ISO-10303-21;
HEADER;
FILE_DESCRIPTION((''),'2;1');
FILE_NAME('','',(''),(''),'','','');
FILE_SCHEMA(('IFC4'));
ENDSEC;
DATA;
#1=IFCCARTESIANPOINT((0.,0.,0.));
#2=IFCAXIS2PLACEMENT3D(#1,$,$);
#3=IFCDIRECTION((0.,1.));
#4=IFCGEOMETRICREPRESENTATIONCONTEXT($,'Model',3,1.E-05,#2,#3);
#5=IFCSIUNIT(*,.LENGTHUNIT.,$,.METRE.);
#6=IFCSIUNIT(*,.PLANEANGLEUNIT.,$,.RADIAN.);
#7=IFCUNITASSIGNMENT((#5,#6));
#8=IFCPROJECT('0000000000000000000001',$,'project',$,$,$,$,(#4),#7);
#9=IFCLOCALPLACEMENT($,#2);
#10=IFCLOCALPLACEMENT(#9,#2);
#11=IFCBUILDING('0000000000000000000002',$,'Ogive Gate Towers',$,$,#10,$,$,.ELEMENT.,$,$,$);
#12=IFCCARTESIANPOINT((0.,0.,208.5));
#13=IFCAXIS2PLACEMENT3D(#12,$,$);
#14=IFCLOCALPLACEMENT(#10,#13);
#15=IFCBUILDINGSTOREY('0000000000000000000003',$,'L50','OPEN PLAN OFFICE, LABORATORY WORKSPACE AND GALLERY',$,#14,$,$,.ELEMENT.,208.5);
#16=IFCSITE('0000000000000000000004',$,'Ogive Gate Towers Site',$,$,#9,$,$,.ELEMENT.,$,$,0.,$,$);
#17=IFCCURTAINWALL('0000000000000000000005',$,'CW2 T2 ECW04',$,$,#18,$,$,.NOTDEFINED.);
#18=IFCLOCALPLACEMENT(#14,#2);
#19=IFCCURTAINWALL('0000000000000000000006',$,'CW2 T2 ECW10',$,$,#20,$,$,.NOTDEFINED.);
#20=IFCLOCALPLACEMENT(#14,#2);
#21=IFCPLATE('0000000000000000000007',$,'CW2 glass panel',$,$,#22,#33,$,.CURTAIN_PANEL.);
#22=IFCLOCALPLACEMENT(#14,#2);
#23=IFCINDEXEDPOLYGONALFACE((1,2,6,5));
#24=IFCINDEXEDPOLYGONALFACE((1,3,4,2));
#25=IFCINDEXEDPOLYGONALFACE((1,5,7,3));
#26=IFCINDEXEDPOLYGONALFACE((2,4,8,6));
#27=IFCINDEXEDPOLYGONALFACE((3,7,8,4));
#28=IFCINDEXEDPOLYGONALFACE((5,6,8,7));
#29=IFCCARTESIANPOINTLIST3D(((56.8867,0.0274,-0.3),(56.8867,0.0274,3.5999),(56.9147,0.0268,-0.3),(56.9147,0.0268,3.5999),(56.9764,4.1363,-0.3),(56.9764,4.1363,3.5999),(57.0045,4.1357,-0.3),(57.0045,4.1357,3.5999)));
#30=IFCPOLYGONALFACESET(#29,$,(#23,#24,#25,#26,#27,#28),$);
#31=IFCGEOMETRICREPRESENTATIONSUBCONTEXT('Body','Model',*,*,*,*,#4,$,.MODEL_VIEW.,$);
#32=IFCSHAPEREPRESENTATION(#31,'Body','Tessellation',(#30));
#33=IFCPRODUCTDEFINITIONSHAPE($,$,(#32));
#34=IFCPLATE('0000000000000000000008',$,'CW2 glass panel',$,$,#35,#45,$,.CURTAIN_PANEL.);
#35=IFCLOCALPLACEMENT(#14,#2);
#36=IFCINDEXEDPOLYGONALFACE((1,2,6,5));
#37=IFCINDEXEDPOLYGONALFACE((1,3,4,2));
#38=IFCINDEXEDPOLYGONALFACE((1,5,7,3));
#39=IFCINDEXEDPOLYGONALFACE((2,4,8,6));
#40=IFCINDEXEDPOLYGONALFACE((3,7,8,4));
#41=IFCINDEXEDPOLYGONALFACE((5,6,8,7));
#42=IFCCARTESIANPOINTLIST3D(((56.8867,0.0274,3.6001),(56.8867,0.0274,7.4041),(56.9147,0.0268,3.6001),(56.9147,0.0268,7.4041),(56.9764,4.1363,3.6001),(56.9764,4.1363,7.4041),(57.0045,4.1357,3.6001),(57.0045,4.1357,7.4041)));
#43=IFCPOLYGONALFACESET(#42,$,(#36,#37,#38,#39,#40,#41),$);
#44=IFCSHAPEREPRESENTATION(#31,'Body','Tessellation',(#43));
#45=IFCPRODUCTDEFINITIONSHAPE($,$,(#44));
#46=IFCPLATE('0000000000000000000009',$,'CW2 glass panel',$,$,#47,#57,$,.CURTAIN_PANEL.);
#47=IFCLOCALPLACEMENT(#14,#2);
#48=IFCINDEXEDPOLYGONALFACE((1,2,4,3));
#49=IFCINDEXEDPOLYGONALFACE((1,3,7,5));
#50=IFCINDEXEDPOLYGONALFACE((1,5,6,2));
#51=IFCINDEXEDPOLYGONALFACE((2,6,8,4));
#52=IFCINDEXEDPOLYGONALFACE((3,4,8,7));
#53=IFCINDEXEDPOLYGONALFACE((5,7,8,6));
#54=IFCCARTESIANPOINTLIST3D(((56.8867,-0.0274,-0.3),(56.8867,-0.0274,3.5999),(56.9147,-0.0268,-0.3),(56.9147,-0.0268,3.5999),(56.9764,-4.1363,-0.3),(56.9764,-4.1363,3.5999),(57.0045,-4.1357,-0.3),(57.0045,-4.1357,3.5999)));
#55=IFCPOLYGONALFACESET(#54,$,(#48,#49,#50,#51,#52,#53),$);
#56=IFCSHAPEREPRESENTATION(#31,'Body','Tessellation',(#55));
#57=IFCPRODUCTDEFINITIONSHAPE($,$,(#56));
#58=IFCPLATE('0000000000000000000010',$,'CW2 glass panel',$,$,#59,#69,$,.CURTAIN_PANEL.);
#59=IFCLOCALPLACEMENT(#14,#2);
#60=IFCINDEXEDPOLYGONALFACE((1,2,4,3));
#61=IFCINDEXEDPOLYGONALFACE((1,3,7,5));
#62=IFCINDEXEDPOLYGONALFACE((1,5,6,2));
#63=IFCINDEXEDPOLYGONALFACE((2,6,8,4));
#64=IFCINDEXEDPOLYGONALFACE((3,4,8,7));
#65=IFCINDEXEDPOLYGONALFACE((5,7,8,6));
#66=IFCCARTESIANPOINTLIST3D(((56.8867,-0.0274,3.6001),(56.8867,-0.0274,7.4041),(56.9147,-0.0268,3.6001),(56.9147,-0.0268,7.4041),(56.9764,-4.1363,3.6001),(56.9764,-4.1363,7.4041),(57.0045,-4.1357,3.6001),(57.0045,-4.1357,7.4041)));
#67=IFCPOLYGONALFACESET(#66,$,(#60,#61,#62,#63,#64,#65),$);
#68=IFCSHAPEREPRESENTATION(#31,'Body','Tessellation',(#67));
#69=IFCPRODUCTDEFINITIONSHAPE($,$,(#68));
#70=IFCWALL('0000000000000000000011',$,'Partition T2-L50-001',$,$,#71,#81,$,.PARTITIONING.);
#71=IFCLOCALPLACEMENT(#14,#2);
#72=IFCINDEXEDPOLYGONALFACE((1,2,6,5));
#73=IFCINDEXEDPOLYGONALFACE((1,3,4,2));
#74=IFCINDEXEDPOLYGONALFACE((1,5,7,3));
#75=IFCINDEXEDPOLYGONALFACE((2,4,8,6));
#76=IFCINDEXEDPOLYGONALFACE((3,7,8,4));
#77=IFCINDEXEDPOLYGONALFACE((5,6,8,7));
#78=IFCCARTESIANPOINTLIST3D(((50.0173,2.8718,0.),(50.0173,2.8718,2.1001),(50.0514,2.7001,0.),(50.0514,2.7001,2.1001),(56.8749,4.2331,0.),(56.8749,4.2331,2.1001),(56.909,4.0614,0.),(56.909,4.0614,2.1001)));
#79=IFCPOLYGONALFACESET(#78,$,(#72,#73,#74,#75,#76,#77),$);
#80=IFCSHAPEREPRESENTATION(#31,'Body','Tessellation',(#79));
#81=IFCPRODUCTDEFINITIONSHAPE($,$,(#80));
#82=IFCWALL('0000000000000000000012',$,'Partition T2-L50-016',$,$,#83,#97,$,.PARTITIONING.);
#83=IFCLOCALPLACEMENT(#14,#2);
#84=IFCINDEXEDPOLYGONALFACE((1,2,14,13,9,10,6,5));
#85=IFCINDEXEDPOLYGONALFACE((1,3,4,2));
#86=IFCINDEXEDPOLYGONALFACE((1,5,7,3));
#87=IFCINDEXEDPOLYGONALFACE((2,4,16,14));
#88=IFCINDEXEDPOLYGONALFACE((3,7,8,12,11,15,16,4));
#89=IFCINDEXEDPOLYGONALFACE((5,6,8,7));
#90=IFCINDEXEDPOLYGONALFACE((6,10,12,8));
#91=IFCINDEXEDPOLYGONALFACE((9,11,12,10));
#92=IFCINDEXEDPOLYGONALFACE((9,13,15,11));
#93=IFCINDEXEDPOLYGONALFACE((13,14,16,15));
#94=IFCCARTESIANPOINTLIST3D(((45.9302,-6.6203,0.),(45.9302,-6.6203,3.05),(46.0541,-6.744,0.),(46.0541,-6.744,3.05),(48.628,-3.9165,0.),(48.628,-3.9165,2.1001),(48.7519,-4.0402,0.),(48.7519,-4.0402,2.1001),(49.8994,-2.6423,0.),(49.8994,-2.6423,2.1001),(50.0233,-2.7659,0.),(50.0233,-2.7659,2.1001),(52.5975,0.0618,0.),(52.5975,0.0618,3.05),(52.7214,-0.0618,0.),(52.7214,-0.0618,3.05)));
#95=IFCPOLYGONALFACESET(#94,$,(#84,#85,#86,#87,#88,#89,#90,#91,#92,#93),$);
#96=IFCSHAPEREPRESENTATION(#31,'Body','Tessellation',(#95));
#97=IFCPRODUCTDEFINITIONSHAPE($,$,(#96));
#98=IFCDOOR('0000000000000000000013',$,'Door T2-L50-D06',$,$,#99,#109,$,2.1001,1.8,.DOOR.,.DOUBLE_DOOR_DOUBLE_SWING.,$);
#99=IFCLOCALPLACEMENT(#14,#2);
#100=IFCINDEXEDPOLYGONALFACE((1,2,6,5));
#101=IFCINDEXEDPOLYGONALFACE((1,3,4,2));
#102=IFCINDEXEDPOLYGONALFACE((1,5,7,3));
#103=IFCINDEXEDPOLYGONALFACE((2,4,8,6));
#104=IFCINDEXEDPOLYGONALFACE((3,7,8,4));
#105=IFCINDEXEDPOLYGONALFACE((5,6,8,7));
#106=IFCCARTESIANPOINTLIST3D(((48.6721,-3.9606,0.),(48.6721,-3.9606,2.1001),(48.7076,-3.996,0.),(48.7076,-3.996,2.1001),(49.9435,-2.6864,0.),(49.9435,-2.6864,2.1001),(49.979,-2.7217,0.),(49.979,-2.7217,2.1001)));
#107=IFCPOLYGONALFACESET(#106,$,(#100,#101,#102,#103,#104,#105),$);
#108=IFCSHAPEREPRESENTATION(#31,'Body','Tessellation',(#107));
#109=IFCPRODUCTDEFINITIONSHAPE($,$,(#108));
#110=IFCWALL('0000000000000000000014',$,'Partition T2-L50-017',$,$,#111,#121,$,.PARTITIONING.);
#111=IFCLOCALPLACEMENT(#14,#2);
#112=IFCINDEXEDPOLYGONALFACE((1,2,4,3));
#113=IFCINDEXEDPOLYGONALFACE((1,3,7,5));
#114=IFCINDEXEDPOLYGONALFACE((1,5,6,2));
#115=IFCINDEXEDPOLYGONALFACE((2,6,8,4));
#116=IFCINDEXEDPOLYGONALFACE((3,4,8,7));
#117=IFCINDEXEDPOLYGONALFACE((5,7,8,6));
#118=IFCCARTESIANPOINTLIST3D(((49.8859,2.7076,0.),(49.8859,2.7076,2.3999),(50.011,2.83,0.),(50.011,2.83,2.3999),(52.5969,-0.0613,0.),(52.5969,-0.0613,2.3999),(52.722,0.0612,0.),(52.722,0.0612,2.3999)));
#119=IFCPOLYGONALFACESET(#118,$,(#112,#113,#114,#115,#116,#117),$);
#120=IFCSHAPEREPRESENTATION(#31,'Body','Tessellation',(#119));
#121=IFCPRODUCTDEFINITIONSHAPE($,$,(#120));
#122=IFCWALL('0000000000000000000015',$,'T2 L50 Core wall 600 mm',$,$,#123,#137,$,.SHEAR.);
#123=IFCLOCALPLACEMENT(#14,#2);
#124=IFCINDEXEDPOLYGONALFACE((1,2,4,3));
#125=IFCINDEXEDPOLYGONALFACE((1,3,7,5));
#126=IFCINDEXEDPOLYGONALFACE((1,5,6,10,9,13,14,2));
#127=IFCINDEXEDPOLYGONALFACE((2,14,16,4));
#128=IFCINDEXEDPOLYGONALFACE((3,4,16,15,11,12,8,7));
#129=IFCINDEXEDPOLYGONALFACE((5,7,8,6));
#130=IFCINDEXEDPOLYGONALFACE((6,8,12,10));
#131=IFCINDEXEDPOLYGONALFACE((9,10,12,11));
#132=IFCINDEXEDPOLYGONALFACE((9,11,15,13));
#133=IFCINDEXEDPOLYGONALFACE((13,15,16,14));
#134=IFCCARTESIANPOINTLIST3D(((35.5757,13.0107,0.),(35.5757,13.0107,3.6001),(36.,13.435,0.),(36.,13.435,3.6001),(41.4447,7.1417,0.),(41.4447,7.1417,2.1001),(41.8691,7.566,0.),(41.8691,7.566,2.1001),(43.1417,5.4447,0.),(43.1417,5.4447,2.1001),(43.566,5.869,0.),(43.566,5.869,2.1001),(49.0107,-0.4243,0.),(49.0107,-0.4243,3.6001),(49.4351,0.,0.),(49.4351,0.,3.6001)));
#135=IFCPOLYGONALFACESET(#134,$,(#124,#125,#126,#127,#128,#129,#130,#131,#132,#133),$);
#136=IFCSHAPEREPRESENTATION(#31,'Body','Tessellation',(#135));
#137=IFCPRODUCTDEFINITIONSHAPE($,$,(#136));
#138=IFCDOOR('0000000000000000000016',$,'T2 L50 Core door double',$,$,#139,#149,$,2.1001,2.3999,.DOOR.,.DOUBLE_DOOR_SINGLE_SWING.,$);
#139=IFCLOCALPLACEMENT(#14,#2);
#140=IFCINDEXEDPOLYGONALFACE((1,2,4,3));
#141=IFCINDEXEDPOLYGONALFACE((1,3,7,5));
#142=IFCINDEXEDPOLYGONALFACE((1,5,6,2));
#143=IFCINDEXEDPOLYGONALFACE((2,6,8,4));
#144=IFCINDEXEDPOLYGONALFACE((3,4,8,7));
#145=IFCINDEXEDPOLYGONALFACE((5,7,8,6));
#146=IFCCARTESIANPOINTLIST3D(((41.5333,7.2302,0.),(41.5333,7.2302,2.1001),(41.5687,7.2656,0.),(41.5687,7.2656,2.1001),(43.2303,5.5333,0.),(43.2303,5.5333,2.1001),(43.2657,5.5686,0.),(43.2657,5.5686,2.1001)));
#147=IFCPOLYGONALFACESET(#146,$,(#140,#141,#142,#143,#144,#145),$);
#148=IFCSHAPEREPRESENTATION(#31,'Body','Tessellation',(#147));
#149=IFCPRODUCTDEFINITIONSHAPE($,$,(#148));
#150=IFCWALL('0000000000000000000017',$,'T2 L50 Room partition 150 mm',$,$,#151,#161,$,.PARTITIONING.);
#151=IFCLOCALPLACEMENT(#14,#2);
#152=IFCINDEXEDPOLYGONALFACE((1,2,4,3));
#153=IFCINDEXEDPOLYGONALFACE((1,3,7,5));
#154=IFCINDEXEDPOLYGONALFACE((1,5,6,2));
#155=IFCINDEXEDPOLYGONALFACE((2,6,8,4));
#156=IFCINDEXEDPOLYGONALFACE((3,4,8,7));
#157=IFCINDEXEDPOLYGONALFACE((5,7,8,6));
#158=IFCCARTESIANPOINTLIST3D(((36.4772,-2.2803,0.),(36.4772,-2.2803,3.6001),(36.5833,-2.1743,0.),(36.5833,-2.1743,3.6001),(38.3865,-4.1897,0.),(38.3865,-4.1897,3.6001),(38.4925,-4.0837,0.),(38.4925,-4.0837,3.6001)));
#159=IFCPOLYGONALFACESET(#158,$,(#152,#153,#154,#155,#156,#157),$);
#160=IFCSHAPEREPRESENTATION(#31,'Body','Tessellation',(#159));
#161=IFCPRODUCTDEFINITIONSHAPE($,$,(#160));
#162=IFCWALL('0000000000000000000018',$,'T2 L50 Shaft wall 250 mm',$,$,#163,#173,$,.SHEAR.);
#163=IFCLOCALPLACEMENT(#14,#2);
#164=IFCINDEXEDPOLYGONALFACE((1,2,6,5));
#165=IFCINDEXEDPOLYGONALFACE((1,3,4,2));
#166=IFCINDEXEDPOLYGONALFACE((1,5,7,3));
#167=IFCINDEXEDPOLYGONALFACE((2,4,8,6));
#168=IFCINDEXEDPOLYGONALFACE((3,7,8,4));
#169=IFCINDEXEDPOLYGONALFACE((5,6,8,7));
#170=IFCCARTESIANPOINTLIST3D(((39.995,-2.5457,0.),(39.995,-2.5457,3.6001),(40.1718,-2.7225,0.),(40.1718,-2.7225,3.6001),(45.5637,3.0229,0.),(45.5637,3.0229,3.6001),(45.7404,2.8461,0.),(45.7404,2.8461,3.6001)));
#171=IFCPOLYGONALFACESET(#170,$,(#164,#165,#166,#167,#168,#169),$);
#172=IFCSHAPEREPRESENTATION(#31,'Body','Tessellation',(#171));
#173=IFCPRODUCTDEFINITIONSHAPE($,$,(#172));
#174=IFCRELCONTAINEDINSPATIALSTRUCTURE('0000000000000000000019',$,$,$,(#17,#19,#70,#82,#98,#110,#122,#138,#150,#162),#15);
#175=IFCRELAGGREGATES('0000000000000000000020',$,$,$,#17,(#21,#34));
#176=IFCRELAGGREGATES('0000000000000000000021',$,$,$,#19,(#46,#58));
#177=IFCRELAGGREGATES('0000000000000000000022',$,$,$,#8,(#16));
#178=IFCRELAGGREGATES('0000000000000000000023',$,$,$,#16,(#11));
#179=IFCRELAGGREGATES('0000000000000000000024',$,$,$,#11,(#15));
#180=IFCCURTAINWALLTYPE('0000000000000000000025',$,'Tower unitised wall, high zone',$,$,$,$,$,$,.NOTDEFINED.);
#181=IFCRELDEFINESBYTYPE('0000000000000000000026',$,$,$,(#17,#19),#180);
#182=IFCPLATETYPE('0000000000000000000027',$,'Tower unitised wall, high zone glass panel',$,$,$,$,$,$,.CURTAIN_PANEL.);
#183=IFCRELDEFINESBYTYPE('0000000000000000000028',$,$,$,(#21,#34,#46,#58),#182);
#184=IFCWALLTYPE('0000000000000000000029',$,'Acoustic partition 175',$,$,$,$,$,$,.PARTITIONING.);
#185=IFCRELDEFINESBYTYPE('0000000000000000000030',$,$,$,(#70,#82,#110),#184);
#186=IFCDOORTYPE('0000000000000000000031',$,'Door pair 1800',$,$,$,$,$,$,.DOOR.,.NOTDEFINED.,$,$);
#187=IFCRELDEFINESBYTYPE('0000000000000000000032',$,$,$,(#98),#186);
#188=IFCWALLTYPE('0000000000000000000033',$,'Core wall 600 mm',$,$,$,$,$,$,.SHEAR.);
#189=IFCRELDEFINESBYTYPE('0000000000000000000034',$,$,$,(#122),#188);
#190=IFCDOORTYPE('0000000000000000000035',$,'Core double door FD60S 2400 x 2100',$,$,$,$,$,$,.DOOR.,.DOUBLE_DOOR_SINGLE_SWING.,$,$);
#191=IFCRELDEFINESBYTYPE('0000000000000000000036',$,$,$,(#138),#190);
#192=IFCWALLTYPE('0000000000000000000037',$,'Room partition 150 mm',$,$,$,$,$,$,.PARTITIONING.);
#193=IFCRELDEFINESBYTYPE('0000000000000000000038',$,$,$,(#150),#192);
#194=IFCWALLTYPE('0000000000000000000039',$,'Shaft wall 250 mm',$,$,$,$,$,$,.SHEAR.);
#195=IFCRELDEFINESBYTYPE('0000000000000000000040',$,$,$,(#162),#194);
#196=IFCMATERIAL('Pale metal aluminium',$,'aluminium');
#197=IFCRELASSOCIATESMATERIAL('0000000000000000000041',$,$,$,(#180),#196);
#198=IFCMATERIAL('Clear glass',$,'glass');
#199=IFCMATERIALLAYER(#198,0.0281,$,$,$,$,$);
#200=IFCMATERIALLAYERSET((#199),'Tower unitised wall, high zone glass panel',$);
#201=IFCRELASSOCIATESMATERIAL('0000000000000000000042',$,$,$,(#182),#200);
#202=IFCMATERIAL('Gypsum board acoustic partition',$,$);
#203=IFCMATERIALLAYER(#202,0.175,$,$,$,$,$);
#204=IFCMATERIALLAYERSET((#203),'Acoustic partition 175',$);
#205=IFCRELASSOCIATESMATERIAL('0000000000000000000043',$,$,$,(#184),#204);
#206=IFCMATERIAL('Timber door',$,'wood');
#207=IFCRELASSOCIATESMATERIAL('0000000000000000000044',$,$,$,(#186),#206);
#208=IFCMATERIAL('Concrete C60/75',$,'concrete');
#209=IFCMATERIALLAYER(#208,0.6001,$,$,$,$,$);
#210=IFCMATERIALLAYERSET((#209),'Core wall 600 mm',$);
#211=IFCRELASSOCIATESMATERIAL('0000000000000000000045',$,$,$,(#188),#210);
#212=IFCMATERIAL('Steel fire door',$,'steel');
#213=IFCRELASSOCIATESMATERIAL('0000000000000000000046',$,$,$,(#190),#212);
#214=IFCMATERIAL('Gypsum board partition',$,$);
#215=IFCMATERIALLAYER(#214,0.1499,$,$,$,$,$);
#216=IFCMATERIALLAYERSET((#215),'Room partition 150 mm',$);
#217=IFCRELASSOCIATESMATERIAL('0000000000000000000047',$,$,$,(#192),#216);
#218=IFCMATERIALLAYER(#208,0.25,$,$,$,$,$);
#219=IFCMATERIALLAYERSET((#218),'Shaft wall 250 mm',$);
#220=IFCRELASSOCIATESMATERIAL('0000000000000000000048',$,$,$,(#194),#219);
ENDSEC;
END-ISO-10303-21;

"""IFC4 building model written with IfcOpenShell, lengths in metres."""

from ifc_helpers import new_model, si_unit, direction, frame, frame_2d, origin, origin_2d, place, context, subcontext, project, spatial, rectangle, extrude, material, layer, layer_set, type_object, element, fill, aggregate, save


model = new_model("IFC4")

# Units and contexts
model_context = context("Model", 3, precision=1e-05, world=origin(), true_north=direction((0.0, 1.0)))
body_context = subcontext(model_context, "Body", "Model", "MODEL_VIEW")
ifc_project = project(units=[si_unit("LENGTHUNIT", "METRE"), si_unit("PLANEANGLEUNIT", "RADIAN")], contexts=[model_context])

# Site, building, storey
site_placement = place(None, origin())
site = spatial("IfcSite", under=ifc_project, at=site_placement, Name="Ogive Gate Towers Site", CompositionType="ELEMENT", RefElevation=0.0)
building_placement = place(site_placement, origin())
building = spatial("IfcBuilding", under=site, at=building_placement, Name="Ogive Gate Towers", CompositionType="ELEMENT")
storey_placement = place(building_placement, frame((0.0, 0.0, 208.5)))
storey = spatial("IfcBuildingStorey", under=building, at=storey_placement, Name="L50", Description="OPEN PLAN OFFICE, LABORATORY WORKSPACE AND GALLERY", CompositionType="ELEMENT", Elevation=208.5)

# Curtain wall
ifc_material_1 = material(Name="Pale metal aluminium", Category="aluminium")
curtain_wall_type = type_object("IfcCurtainWallType", Name="Tower unitised wall, high zone", PredefinedType="NOTDEFINED", material=ifc_material_1)
curtain_wall_1_placement = place(storey_placement, origin())
curtain_wall_1 = element("IfcCurtainWall", 1, at=curtain_wall_1_placement, inside=storey, type_object=curtain_wall_type, Name="CW2 T2 ECW04", PredefinedType="NOTDEFINED")

# Curtain wall
curtain_wall_2_placement = place(storey_placement, origin())
curtain_wall_2 = element("IfcCurtainWall", 2, at=curtain_wall_2_placement, inside=storey, type_object=curtain_wall_type, Name="CW2 T2 ECW10", PredefinedType="NOTDEFINED")

# Plates
ifc_material_2 = material(Name="Clear glass", Category="glass")
ifc_layer_1 = layer(ifc_material_2, 0.0281)
ifc_layer_set_1 = layer_set([ifc_layer_1], Name="Tower unitised wall, high zone glass panel")
plate_type = type_object("IfcPlateType", Name="Tower unitised wall, high zone glass panel", PredefinedType="CURTAIN_PANEL", material=ifc_layer_set_1)
plate_1_placement = place(storey_placement, frame((56.9456, 2.0815, -0.3), z_axis=(0.0, 0.0, 1.0), x_axis=(-0.021832, -0.999762, 0.0)))
plate_1 = element("IfcPlate", 3, at=plate_1_placement, type_object=plate_type, Name="CW2 glass panel", PredefinedType="CURTAIN_PANEL", context=body_context, shape_type="SweptSolid", body=[
    extrude(rectangle(XDim=4.1099, YDim=0.0281, at=origin_2d()), origin(), (0.0, 0.0, 1.0), 3.8999),
])
plate_2_placement = place(storey_placement, frame((56.9456, 2.0815, 3.6001), z_axis=(0.0, 0.0, 1.0), x_axis=(-0.021832, -0.999762, 0.0)))
plate_2 = element("IfcPlate", 4, at=plate_2_placement, type_object=plate_type, Name="CW2 glass panel", PredefinedType="CURTAIN_PANEL", context=body_context, shape_type="SweptSolid", body=[
    extrude(rectangle(XDim=4.1099, YDim=0.0281, at=origin_2d()), origin(), (0.0, 0.0, 1.0), 3.804),
])
aggregate(curtain_wall_1, [plate_1, plate_2])
plate_3_placement = place(storey_placement, frame((56.9456, -2.0815, -0.3), z_axis=(0.0, 0.0, 1.0), x_axis=(0.021832, -0.999762, 0.0)))
plate_3 = element("IfcPlate", 5, at=plate_3_placement, type_object=plate_type, Name="CW2 glass panel", PredefinedType="CURTAIN_PANEL", context=body_context, shape_type="SweptSolid", body=[
    extrude(rectangle(XDim=4.1099, YDim=0.0281, at=origin_2d()), origin(), (0.0, 0.0, 1.0), 3.8999),
])
plate_4_placement = place(storey_placement, frame((56.9456, -2.0815, 3.6001), z_axis=(0.0, 0.0, 1.0), x_axis=(0.021832, -0.999762, 0.0)))
plate_4 = element("IfcPlate", 6, at=plate_4_placement, type_object=plate_type, Name="CW2 glass panel", PredefinedType="CURTAIN_PANEL", context=body_context, shape_type="SweptSolid", body=[
    extrude(rectangle(XDim=4.1099, YDim=0.0281, at=origin_2d()), origin(), (0.0, 0.0, 1.0), 3.804),
])
aggregate(curtain_wall_2, [plate_3, plate_4])

# Wall
ifc_material_3 = material(Name="Gypsum board acoustic partition")
ifc_layer_2 = layer(ifc_material_3, 0.175)
ifc_layer_set_2 = layer_set([ifc_layer_2], Name="Acoustic partition 175")
wall_type_1 = type_object("IfcWallType", Name="Acoustic partition 175", PredefinedType="PARTITIONING", material=ifc_layer_set_2)
wall_1_placement = place(storey_placement, frame((56.8918, 4.1472, 0.0), z_axis=(0.0, 0.0, 1.0), x_axis=(-0.98086, -0.194712, 0.0)))
element("IfcWall", 7, at=wall_1_placement, inside=storey, type_object=wall_type_1, Name="Partition T2-L50-001", PredefinedType="PARTITIONING", context=body_context, shape_type="SweptSolid", body=[
    extrude(rectangle(XDim=6.9915, YDim=0.175, at=frame_2d((3.4956, 0.0))), origin(), (0.0, 0.0, 1.0), 2.1001),
])

# Wall, opening, door
wall_2_placement = place(storey_placement, frame((52.6594, 0.0, 0.0), z_axis=(0.0, 0.0, 1.0), x_axis=(-0.706317, -0.707895, 0.0)))
wall_2 = element("IfcWall", 8, at=wall_2_placement, inside=storey, type_object=wall_type_1, Name="Partition T2-L50-016", PredefinedType="PARTITIONING", context=body_context, shape_type="SweptSolid", body=[
    extrude(rectangle(XDim=9.4395, YDim=0.175, at=frame_2d((4.7197, 0.0))), origin(), (0.0, 0.0, 1.0), 3.05),
])
opening_1_placement = place(wall_2_placement, frame((3.8201, 0.0, 0.0)))
opening_1 = element("IfcOpeningElement", 9, at=opening_1_placement, cuts=wall_2, PredefinedType="OPENING", context=body_context, shape_type="SweptSolid", body=[
    extrude(rectangle(XDim=1.8, YDim=2.1001, at=frame_2d((0.8999, 1.05))), frame((0.0, 0.0977, 0.0), z_axis=(0.0, -1.0, 0.0), x_axis=(1.0, 0.0, 0.0)), (0.0, 0.0, 1.0), 0.1951),
])
ifc_material_4 = material(Name="Timber door", Category="wood")
door_type_1 = type_object("IfcDoorType", Name="Door pair 1800", OperationType="NOTDEFINED", PredefinedType="DOOR", material=ifc_material_4)
door_1_placement = place(opening_1_placement, origin())
door_1 = element("IfcDoor", 10, at=door_1_placement, inside=storey, type_object=door_type_1, Name="Door T2-L50-D06", OperationType="DOUBLE_DOOR_DOUBLE_SWING", OverallHeight=2.1001, OverallWidth=1.8, PredefinedType="DOOR", context=body_context, shape_type="SweptSolid", body=[
    extrude(rectangle(XDim=1.8, YDim=2.1001, at=frame_2d((0.8999, 1.05))), frame((0.0, 0.0249, 0.0), z_axis=(0.0, -1.0, 0.0), x_axis=(1.0, 0.0, 0.0)), (0.0, 0.0, 1.0), 0.05),
])
fill(opening_1, door_1)

# Wall
wall_3_placement = place(storey_placement, frame((49.9485, 2.7688, 0.0), z_axis=(0.0, 0.0, 1.0), x_axis=(0.699601, -0.714533, 0.0)))
element("IfcWall", 11, at=wall_3_placement, inside=storey, type_object=wall_type_1, Name="Partition T2-L50-017", PredefinedType="PARTITIONING", context=body_context, shape_type="SweptSolid", body=[
    extrude(rectangle(XDim=3.875, YDim=0.175, at=frame_2d((1.9375, 0.0))), origin(), (0.0, 0.0, 1.0), 2.3999),
])

# Wall, opening, door
ifc_material_5 = material(Name="Concrete C60/75", Category="concrete")
ifc_layer_3 = layer(ifc_material_5, 0.6001)
ifc_layer_set_3 = layer_set([ifc_layer_3], Name="Core wall 600 mm")
wall_type_2 = type_object("IfcWallType", Name="Core wall 600 mm", PredefinedType="SHEAR", material=ifc_layer_set_3)
wall_4_placement = place(storey_placement, frame((49.2229, -0.2122, 0.0), z_axis=(0.0, 0.0, 1.0), x_axis=(-0.707107, 0.707107, 0.0)))
wall_4 = element("IfcWall", 12, at=wall_4_placement, inside=storey, type_object=wall_type_2, Name="T2 L50 Core wall 600 mm", PredefinedType="SHEAR", context=body_context, shape_type="SweptSolid", body=[
    extrude(rectangle(XDim=19.0, YDim=0.6001, at=frame_2d((9.5, 0.0))), origin(), (0.0, 0.0, 1.0), 3.6001),
])
opening_2_placement = place(wall_4_placement, frame((8.3, 0.0, 0.0)))
opening_2 = element("IfcOpeningElement", 13, at=opening_2_placement, cuts=wall_4, PredefinedType="OPENING", context=body_context, shape_type="SweptSolid", body=[
    extrude(rectangle(XDim=2.3999, YDim=2.1001, at=frame_2d((1.2, 1.05))), frame((0.0, 0.3101, 0.0), z_axis=(0.0, -1.0, 0.0), x_axis=(1.0, 0.0, 0.0)), (0.0, 0.0, 1.0), 0.6201),
])
ifc_material_6 = material(Name="Steel fire door", Category="steel")
door_type_2 = type_object("IfcDoorType", Name="Core double door FD60S 2400 x 2100", OperationType="DOUBLE_DOOR_SINGLE_SWING", PredefinedType="DOOR", material=ifc_material_6)
door_2_placement = place(opening_2_placement, origin())
door_2 = element("IfcDoor", 14, at=door_2_placement, inside=storey, type_object=door_type_2, Name="T2 L50 Core door double", OperationType="DOUBLE_DOOR_SINGLE_SWING", OverallHeight=2.1001, OverallWidth=2.3999, PredefinedType="DOOR", context=body_context, shape_type="SweptSolid", body=[
    extrude(rectangle(XDim=2.3999, YDim=2.1001, at=frame_2d((1.2, 1.05))), frame((0.0, 0.1748, 0.0), z_axis=(0.0, -1.0, 0.0), x_axis=(1.0, 0.0, 0.0)), (0.0, 0.0, 1.0), 0.05),
])
fill(opening_2, door_2)

# Walls
ifc_material_7 = material(Name="Gypsum board partition")
ifc_layer_4 = layer(ifc_material_7, 0.1499)
ifc_layer_set_4 = layer_set([ifc_layer_4], Name="Room partition 150 mm")
wall_type_3 = type_object("IfcWallType", Name="Room partition 150 mm", PredefinedType="PARTITIONING", material=ifc_layer_set_4)
wall_5_placement = place(storey_placement, frame((38.4395, -4.1367, 0.0), z_axis=(0.0, 0.0, 1.0), x_axis=(-0.707062, 0.707152, 0.0)))
element("IfcWall", 15, at=wall_5_placement, inside=storey, type_object=wall_type_3, Name="T2 L50 Room partition 150 mm", PredefinedType="PARTITIONING", context=body_context, shape_type="SweptSolid", body=[
    extrude(rectangle(XDim=2.7002, YDim=0.1499, at=frame_2d((1.3501, 0.0))), origin(), (0.0, 0.0, 1.0), 3.6001),
])
ifc_layer_5 = layer(ifc_material_5, 0.25)
ifc_layer_set_5 = layer_set([ifc_layer_5], Name="Shaft wall 250 mm")
wall_type_4 = type_object("IfcWallType", Name="Shaft wall 250 mm", PredefinedType="SHEAR", material=ifc_layer_set_5)
wall_6_placement = place(storey_placement, frame((40.0835, -2.634, 0.0), z_axis=(0.0, 0.0, 1.0), x_axis=(0.707107, 0.707107, 0.0)))
element("IfcWall", 16, at=wall_6_placement, inside=storey, type_object=wall_type_4, Name="T2 L50 Shaft wall 250 mm", PredefinedType="SHEAR", context=body_context, shape_type="SweptSolid", body=[
    extrude(rectangle(XDim=7.8752, YDim=0.25, at=frame_2d((3.9375, 0.0))), origin(), (0.0, 0.0, 1.0), 3.6001),
])

save(model, "model.ifc")
